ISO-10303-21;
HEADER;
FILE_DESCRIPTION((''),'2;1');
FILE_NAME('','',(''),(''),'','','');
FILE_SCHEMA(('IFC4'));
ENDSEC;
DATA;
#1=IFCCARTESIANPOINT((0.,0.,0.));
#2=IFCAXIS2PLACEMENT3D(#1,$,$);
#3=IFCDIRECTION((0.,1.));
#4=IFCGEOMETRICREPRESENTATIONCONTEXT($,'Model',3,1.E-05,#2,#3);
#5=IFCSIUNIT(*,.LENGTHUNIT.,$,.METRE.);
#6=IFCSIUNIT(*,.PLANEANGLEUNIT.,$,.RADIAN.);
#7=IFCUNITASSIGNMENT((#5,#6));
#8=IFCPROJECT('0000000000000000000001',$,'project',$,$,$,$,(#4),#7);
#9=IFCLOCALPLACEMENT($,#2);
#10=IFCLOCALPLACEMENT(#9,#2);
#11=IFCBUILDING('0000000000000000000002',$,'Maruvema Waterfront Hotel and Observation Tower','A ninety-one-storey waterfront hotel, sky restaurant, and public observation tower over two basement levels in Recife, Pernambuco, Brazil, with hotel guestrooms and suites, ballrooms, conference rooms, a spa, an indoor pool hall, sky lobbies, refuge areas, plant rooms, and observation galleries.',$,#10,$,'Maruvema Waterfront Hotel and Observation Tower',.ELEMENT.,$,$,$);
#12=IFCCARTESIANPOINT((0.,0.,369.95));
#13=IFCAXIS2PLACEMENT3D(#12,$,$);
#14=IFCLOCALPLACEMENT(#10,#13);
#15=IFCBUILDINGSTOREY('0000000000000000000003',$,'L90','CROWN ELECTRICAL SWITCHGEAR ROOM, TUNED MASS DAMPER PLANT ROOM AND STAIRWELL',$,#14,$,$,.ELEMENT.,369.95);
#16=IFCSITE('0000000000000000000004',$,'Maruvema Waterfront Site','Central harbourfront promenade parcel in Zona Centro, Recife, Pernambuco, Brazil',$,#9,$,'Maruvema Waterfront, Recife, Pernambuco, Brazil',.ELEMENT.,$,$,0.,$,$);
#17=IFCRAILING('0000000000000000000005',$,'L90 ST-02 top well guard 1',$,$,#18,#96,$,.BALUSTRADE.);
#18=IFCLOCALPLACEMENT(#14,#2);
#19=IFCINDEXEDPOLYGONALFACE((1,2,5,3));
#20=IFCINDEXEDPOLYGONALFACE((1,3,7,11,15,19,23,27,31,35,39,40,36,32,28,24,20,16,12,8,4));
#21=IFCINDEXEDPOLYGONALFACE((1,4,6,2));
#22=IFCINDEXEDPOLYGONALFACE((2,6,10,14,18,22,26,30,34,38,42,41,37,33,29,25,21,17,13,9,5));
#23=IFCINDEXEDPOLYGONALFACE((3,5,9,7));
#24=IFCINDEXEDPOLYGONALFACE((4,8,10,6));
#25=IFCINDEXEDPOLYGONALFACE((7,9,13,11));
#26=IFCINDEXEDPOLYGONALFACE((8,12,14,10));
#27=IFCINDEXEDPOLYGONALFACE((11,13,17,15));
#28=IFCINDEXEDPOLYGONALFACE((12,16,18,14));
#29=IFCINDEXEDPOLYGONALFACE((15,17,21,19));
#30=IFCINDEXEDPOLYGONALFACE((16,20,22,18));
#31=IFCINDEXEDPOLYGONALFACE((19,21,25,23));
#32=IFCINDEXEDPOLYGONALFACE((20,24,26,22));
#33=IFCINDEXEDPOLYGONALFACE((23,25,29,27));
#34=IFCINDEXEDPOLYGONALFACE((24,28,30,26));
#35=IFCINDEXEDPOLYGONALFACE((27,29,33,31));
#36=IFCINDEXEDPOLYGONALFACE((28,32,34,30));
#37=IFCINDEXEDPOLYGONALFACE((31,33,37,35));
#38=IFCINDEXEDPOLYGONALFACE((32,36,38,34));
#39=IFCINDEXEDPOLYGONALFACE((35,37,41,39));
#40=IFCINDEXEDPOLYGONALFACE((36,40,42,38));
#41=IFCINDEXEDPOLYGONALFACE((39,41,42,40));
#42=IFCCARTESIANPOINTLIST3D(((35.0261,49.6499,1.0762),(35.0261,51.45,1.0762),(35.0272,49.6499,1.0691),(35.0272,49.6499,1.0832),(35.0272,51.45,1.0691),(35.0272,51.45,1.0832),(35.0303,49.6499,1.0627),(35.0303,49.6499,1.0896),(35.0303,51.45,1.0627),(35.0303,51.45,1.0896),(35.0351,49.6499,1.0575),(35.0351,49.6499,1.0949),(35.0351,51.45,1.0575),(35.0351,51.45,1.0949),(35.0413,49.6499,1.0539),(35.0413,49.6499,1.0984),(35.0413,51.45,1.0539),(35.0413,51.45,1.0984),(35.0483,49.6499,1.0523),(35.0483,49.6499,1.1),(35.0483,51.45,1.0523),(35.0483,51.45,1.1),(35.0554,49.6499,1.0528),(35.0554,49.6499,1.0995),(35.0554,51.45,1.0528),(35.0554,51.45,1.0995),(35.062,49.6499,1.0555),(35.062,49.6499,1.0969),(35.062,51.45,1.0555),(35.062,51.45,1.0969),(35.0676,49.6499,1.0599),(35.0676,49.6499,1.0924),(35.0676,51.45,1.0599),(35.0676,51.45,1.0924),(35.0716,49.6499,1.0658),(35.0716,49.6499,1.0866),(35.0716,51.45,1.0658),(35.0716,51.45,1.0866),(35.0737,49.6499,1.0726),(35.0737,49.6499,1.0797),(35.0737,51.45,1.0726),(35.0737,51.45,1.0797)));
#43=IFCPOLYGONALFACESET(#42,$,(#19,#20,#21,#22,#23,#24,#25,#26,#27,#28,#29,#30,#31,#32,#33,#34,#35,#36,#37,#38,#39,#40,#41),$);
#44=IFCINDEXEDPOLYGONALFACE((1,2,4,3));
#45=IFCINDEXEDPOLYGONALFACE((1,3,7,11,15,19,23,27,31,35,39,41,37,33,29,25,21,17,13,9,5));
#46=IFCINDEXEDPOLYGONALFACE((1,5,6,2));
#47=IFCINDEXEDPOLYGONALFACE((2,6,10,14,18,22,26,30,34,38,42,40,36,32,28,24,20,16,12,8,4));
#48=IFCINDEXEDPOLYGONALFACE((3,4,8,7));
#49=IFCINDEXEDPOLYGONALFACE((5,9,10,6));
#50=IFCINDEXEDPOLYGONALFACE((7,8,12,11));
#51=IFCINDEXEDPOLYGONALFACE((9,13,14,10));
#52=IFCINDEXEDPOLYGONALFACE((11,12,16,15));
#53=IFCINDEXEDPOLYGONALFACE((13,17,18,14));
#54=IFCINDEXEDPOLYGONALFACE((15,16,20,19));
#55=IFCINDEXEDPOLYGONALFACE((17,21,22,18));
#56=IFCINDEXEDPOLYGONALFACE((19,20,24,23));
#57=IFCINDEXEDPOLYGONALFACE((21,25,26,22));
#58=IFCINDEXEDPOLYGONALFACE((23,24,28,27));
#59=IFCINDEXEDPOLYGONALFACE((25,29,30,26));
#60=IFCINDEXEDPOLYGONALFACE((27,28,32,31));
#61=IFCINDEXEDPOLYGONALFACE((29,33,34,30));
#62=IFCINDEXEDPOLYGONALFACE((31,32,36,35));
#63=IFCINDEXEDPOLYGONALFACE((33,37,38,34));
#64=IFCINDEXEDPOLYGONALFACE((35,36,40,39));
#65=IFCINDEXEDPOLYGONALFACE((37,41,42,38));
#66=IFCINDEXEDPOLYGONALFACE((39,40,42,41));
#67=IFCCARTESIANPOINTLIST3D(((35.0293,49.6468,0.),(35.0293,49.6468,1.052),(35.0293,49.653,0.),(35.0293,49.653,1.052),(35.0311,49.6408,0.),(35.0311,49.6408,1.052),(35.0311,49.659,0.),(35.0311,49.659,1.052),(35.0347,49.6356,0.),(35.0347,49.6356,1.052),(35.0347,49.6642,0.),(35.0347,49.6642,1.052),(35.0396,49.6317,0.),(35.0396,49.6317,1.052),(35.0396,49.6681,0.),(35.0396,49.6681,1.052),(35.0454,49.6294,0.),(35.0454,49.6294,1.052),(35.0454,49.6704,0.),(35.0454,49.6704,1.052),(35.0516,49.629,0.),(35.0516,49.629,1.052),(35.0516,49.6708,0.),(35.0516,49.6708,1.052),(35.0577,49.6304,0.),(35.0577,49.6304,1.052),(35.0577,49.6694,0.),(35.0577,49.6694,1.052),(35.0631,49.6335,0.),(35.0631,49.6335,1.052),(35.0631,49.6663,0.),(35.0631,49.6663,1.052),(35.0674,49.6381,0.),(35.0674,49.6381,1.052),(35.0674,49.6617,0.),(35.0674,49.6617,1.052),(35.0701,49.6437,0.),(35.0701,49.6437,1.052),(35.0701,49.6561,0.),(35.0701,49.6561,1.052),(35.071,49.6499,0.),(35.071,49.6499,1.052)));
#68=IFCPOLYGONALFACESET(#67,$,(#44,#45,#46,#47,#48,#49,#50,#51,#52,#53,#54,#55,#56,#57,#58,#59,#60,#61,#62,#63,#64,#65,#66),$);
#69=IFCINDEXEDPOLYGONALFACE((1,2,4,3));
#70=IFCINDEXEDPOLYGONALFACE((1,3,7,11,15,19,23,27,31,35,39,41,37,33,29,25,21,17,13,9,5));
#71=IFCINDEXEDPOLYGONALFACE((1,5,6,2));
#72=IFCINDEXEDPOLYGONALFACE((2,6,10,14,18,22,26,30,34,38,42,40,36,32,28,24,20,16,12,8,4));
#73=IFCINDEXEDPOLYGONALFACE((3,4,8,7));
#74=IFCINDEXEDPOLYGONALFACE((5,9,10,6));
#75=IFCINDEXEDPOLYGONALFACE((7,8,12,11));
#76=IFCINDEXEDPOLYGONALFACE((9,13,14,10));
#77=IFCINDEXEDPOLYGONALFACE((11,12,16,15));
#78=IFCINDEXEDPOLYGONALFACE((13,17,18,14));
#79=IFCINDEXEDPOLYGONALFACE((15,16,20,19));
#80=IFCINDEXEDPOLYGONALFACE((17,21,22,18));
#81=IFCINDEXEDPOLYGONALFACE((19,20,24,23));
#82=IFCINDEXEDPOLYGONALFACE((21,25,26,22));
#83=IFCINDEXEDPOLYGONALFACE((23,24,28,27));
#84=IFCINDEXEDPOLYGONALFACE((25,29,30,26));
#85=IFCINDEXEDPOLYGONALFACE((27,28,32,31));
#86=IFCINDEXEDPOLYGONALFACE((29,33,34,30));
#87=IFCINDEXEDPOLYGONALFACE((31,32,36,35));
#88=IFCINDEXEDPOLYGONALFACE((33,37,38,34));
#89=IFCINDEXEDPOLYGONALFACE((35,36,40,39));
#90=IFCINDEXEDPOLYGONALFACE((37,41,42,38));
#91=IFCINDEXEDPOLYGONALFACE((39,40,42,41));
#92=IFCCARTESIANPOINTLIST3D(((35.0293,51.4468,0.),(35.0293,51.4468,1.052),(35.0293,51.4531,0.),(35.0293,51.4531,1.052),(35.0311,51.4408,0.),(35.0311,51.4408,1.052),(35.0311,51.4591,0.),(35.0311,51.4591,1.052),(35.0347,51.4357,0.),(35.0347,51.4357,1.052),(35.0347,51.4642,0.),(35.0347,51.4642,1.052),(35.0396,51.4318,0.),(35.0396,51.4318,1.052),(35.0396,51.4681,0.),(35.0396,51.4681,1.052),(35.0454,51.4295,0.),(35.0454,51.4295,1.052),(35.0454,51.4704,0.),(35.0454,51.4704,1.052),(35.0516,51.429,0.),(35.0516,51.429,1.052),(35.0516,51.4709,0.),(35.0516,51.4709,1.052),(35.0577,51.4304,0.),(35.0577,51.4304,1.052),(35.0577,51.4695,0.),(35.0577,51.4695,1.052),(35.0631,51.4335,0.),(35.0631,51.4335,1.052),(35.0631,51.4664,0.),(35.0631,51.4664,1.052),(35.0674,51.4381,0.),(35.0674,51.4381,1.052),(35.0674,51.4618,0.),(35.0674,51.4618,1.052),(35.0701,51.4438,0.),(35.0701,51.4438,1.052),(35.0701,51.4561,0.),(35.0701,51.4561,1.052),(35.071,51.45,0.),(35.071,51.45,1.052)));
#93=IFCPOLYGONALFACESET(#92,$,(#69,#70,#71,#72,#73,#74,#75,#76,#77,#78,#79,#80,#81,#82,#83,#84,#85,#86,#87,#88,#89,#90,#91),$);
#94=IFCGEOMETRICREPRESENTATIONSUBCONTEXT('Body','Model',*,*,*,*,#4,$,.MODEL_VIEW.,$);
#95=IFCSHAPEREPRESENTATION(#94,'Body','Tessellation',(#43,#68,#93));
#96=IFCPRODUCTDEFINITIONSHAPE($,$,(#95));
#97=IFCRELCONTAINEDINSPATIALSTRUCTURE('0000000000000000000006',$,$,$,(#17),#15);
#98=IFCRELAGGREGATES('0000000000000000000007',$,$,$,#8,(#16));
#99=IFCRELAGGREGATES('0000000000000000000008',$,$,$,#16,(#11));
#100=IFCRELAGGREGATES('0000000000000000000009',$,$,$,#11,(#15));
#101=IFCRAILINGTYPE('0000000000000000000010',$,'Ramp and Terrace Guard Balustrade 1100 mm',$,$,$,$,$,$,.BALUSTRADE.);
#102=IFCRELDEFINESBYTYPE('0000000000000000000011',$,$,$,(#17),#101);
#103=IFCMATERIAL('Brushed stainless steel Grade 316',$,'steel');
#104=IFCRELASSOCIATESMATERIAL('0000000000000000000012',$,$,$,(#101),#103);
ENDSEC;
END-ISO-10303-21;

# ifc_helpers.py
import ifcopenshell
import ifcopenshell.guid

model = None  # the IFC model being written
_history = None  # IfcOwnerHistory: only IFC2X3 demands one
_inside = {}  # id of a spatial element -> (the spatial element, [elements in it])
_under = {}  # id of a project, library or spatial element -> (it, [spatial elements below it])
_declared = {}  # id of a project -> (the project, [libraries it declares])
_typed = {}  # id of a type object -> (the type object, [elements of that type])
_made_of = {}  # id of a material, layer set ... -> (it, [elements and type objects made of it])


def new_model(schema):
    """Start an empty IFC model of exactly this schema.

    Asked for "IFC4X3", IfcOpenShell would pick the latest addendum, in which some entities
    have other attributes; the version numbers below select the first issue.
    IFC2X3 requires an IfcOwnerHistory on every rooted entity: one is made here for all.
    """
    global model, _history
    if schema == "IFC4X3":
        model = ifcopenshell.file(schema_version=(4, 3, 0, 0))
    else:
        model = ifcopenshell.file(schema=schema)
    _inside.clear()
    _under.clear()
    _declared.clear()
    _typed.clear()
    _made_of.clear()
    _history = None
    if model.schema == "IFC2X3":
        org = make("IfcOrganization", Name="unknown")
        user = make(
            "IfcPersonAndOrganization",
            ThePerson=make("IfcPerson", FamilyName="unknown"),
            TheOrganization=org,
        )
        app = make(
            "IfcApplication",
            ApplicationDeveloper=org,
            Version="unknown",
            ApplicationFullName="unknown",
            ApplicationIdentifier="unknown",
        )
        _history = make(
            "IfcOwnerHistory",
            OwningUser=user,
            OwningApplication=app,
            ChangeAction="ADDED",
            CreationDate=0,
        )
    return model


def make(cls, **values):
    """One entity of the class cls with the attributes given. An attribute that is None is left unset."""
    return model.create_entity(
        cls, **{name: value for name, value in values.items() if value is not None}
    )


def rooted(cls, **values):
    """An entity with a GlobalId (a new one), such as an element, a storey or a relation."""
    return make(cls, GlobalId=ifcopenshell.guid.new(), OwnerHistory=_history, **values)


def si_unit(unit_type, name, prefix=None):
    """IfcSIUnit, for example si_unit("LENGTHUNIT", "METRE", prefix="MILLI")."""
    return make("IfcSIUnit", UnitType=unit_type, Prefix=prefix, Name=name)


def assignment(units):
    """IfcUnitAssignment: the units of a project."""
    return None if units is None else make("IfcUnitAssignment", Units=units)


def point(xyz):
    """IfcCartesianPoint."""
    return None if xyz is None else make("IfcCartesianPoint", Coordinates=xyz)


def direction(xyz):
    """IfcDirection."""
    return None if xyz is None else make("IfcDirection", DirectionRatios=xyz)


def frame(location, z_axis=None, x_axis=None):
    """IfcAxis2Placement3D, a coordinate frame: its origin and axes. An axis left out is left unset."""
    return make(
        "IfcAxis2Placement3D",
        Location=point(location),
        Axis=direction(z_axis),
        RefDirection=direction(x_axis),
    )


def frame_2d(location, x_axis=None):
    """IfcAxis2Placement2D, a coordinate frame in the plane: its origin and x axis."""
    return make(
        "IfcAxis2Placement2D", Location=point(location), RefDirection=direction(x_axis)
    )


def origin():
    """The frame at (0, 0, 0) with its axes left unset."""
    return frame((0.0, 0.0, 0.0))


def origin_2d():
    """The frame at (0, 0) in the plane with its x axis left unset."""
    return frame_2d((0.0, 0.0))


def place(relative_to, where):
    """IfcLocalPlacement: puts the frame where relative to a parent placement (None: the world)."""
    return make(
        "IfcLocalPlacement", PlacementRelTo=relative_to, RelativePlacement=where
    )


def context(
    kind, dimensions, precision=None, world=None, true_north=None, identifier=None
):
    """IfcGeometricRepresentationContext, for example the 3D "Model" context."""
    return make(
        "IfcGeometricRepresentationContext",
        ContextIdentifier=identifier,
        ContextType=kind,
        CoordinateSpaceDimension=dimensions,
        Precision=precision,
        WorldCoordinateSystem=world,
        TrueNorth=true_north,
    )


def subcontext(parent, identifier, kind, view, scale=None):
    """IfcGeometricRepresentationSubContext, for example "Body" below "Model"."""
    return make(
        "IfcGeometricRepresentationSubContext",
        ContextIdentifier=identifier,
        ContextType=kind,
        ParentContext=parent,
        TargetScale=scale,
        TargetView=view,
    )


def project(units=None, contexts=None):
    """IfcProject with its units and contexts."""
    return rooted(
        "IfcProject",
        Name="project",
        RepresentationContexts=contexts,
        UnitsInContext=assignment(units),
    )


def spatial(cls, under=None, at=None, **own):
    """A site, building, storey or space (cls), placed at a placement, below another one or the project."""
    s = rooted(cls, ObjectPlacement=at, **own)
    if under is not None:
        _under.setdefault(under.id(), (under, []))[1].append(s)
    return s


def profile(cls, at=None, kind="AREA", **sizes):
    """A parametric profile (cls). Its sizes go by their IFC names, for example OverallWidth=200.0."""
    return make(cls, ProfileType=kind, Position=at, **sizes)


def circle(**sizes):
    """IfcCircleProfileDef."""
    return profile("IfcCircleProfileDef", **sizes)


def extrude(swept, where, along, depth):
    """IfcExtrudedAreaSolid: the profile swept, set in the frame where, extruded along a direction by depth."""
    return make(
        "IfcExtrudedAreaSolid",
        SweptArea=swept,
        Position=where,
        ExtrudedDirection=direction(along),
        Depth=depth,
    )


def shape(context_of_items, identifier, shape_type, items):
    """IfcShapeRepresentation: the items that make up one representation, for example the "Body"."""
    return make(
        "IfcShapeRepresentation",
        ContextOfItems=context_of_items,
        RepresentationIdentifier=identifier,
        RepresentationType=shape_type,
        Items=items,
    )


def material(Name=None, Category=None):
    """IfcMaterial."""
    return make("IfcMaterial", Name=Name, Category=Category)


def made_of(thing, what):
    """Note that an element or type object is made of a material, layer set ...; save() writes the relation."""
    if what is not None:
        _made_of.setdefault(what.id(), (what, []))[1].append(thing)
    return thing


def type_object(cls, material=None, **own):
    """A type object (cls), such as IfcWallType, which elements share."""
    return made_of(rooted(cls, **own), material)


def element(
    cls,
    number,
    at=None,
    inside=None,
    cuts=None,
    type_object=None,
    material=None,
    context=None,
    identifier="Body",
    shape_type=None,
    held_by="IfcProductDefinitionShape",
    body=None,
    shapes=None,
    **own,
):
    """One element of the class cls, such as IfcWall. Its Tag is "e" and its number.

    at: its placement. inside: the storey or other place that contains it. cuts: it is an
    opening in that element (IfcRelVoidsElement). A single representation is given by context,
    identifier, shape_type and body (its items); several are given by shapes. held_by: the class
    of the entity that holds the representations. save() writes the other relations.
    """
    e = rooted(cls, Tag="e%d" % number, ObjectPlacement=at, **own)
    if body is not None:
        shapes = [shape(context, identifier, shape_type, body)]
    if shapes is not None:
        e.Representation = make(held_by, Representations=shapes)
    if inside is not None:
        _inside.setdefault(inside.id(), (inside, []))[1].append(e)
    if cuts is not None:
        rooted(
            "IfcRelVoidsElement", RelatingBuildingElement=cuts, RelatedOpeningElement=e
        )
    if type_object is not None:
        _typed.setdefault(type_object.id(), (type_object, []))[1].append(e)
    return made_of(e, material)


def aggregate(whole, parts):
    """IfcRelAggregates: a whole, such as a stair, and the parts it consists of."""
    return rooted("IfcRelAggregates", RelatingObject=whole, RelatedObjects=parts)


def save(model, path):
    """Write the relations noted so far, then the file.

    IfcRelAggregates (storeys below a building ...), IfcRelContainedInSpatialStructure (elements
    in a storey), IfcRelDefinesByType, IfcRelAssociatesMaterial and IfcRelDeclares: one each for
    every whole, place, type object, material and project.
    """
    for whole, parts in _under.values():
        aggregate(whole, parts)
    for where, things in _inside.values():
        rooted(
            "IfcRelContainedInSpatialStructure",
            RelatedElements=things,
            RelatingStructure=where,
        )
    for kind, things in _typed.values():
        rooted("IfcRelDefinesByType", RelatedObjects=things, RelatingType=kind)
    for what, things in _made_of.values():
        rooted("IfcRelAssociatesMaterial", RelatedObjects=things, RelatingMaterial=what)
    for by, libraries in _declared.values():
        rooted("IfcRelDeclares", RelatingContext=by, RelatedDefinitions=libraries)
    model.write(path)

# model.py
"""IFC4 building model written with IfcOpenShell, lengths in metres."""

from ifc_helpers import new_model, si_unit, direction, frame, origin, origin_2d, place, context, subcontext, project, spatial, circle, extrude, material, type_object, element, save


model = new_model("IFC4")

# Units and contexts
model_context = context("Model", 3, precision=1e-05, world=origin(), true_north=direction((0.0, 1.0)))
body_context = subcontext(model_context, "Body", "Model", "MODEL_VIEW")
ifc_project = project(units=[si_unit("LENGTHUNIT", "METRE"), si_unit("PLANEANGLEUNIT", "RADIAN")], contexts=[model_context])

# Site, building, storey
site_placement = place(None, origin())
site = spatial("IfcSite", under=ifc_project, at=site_placement, Name="Maruvema Waterfront Site", Description="Central harbourfront promenade parcel in Zona Centro, Recife, Pernambuco, Brazil", LongName="Maruvema Waterfront, Recife, Pernambuco, Brazil", CompositionType="ELEMENT", RefElevation=0.0)
building_placement = place(site_placement, origin())
building = spatial("IfcBuilding", under=site, at=building_placement, Name="Maruvema Waterfront Hotel and Observation Tower", Description="A ninety-one-storey waterfront hotel, sky restaurant, and public observation tower over two basement levels in Recife, Pernambuco, Brazil, with hotel guestrooms and suites, ballrooms, conference rooms, a spa, an indoor pool hall, sky lobbies, refuge areas, plant rooms, and observation galleries.", LongName="Maruvema Waterfront Hotel and Observation Tower", CompositionType="ELEMENT")
storey_placement = place(building_placement, frame((0.0, 0.0, 369.95)))
storey = spatial("IfcBuildingStorey", under=building, at=storey_placement, Name="L90", Description="CROWN ELECTRICAL SWITCHGEAR ROOM, TUNED MASS DAMPER PLANT ROOM AND STAIRWELL", CompositionType="ELEMENT", Elevation=369.95)

# Railing
ifc_material_1 = material(Name="Brushed stainless steel Grade 316", Category="steel")
railing_type = type_object("IfcRailingType", Name="Ramp and Terrace Guard Balustrade 1100 mm", PredefinedType="BALUSTRADE", material=ifc_material_1)
railing_placement = place(storey_placement, frame((35.05, 49.6499, 0.0)))
element("IfcRailing", 1, at=railing_placement, inside=storey, type_object=railing_type, Name="L90 ST-02 top well guard 1", PredefinedType="BALUSTRADE", context=body_context, shape_type="SweptSolid", body=[
    extrude(circle(Radius=0.0239, at=origin_2d()), frame((0.0, 0.0, 1.0762), z_axis=(0.0, 1.0, 0.0), x_axis=(-1.0, 0.0, 0.0)), (0.0, 0.0, 1.0), 1.8),
    extrude(circle(Radius=0.021, at=origin_2d()), origin(), (0.0, 0.0, 1.0), 1.052),
    extrude(circle(Radius=0.021, at=origin_2d()), frame((0.0, 1.8, 0.0)), (0.0, 0.0, 1.0), 1.052),
])

save(model, "model.ifc")
